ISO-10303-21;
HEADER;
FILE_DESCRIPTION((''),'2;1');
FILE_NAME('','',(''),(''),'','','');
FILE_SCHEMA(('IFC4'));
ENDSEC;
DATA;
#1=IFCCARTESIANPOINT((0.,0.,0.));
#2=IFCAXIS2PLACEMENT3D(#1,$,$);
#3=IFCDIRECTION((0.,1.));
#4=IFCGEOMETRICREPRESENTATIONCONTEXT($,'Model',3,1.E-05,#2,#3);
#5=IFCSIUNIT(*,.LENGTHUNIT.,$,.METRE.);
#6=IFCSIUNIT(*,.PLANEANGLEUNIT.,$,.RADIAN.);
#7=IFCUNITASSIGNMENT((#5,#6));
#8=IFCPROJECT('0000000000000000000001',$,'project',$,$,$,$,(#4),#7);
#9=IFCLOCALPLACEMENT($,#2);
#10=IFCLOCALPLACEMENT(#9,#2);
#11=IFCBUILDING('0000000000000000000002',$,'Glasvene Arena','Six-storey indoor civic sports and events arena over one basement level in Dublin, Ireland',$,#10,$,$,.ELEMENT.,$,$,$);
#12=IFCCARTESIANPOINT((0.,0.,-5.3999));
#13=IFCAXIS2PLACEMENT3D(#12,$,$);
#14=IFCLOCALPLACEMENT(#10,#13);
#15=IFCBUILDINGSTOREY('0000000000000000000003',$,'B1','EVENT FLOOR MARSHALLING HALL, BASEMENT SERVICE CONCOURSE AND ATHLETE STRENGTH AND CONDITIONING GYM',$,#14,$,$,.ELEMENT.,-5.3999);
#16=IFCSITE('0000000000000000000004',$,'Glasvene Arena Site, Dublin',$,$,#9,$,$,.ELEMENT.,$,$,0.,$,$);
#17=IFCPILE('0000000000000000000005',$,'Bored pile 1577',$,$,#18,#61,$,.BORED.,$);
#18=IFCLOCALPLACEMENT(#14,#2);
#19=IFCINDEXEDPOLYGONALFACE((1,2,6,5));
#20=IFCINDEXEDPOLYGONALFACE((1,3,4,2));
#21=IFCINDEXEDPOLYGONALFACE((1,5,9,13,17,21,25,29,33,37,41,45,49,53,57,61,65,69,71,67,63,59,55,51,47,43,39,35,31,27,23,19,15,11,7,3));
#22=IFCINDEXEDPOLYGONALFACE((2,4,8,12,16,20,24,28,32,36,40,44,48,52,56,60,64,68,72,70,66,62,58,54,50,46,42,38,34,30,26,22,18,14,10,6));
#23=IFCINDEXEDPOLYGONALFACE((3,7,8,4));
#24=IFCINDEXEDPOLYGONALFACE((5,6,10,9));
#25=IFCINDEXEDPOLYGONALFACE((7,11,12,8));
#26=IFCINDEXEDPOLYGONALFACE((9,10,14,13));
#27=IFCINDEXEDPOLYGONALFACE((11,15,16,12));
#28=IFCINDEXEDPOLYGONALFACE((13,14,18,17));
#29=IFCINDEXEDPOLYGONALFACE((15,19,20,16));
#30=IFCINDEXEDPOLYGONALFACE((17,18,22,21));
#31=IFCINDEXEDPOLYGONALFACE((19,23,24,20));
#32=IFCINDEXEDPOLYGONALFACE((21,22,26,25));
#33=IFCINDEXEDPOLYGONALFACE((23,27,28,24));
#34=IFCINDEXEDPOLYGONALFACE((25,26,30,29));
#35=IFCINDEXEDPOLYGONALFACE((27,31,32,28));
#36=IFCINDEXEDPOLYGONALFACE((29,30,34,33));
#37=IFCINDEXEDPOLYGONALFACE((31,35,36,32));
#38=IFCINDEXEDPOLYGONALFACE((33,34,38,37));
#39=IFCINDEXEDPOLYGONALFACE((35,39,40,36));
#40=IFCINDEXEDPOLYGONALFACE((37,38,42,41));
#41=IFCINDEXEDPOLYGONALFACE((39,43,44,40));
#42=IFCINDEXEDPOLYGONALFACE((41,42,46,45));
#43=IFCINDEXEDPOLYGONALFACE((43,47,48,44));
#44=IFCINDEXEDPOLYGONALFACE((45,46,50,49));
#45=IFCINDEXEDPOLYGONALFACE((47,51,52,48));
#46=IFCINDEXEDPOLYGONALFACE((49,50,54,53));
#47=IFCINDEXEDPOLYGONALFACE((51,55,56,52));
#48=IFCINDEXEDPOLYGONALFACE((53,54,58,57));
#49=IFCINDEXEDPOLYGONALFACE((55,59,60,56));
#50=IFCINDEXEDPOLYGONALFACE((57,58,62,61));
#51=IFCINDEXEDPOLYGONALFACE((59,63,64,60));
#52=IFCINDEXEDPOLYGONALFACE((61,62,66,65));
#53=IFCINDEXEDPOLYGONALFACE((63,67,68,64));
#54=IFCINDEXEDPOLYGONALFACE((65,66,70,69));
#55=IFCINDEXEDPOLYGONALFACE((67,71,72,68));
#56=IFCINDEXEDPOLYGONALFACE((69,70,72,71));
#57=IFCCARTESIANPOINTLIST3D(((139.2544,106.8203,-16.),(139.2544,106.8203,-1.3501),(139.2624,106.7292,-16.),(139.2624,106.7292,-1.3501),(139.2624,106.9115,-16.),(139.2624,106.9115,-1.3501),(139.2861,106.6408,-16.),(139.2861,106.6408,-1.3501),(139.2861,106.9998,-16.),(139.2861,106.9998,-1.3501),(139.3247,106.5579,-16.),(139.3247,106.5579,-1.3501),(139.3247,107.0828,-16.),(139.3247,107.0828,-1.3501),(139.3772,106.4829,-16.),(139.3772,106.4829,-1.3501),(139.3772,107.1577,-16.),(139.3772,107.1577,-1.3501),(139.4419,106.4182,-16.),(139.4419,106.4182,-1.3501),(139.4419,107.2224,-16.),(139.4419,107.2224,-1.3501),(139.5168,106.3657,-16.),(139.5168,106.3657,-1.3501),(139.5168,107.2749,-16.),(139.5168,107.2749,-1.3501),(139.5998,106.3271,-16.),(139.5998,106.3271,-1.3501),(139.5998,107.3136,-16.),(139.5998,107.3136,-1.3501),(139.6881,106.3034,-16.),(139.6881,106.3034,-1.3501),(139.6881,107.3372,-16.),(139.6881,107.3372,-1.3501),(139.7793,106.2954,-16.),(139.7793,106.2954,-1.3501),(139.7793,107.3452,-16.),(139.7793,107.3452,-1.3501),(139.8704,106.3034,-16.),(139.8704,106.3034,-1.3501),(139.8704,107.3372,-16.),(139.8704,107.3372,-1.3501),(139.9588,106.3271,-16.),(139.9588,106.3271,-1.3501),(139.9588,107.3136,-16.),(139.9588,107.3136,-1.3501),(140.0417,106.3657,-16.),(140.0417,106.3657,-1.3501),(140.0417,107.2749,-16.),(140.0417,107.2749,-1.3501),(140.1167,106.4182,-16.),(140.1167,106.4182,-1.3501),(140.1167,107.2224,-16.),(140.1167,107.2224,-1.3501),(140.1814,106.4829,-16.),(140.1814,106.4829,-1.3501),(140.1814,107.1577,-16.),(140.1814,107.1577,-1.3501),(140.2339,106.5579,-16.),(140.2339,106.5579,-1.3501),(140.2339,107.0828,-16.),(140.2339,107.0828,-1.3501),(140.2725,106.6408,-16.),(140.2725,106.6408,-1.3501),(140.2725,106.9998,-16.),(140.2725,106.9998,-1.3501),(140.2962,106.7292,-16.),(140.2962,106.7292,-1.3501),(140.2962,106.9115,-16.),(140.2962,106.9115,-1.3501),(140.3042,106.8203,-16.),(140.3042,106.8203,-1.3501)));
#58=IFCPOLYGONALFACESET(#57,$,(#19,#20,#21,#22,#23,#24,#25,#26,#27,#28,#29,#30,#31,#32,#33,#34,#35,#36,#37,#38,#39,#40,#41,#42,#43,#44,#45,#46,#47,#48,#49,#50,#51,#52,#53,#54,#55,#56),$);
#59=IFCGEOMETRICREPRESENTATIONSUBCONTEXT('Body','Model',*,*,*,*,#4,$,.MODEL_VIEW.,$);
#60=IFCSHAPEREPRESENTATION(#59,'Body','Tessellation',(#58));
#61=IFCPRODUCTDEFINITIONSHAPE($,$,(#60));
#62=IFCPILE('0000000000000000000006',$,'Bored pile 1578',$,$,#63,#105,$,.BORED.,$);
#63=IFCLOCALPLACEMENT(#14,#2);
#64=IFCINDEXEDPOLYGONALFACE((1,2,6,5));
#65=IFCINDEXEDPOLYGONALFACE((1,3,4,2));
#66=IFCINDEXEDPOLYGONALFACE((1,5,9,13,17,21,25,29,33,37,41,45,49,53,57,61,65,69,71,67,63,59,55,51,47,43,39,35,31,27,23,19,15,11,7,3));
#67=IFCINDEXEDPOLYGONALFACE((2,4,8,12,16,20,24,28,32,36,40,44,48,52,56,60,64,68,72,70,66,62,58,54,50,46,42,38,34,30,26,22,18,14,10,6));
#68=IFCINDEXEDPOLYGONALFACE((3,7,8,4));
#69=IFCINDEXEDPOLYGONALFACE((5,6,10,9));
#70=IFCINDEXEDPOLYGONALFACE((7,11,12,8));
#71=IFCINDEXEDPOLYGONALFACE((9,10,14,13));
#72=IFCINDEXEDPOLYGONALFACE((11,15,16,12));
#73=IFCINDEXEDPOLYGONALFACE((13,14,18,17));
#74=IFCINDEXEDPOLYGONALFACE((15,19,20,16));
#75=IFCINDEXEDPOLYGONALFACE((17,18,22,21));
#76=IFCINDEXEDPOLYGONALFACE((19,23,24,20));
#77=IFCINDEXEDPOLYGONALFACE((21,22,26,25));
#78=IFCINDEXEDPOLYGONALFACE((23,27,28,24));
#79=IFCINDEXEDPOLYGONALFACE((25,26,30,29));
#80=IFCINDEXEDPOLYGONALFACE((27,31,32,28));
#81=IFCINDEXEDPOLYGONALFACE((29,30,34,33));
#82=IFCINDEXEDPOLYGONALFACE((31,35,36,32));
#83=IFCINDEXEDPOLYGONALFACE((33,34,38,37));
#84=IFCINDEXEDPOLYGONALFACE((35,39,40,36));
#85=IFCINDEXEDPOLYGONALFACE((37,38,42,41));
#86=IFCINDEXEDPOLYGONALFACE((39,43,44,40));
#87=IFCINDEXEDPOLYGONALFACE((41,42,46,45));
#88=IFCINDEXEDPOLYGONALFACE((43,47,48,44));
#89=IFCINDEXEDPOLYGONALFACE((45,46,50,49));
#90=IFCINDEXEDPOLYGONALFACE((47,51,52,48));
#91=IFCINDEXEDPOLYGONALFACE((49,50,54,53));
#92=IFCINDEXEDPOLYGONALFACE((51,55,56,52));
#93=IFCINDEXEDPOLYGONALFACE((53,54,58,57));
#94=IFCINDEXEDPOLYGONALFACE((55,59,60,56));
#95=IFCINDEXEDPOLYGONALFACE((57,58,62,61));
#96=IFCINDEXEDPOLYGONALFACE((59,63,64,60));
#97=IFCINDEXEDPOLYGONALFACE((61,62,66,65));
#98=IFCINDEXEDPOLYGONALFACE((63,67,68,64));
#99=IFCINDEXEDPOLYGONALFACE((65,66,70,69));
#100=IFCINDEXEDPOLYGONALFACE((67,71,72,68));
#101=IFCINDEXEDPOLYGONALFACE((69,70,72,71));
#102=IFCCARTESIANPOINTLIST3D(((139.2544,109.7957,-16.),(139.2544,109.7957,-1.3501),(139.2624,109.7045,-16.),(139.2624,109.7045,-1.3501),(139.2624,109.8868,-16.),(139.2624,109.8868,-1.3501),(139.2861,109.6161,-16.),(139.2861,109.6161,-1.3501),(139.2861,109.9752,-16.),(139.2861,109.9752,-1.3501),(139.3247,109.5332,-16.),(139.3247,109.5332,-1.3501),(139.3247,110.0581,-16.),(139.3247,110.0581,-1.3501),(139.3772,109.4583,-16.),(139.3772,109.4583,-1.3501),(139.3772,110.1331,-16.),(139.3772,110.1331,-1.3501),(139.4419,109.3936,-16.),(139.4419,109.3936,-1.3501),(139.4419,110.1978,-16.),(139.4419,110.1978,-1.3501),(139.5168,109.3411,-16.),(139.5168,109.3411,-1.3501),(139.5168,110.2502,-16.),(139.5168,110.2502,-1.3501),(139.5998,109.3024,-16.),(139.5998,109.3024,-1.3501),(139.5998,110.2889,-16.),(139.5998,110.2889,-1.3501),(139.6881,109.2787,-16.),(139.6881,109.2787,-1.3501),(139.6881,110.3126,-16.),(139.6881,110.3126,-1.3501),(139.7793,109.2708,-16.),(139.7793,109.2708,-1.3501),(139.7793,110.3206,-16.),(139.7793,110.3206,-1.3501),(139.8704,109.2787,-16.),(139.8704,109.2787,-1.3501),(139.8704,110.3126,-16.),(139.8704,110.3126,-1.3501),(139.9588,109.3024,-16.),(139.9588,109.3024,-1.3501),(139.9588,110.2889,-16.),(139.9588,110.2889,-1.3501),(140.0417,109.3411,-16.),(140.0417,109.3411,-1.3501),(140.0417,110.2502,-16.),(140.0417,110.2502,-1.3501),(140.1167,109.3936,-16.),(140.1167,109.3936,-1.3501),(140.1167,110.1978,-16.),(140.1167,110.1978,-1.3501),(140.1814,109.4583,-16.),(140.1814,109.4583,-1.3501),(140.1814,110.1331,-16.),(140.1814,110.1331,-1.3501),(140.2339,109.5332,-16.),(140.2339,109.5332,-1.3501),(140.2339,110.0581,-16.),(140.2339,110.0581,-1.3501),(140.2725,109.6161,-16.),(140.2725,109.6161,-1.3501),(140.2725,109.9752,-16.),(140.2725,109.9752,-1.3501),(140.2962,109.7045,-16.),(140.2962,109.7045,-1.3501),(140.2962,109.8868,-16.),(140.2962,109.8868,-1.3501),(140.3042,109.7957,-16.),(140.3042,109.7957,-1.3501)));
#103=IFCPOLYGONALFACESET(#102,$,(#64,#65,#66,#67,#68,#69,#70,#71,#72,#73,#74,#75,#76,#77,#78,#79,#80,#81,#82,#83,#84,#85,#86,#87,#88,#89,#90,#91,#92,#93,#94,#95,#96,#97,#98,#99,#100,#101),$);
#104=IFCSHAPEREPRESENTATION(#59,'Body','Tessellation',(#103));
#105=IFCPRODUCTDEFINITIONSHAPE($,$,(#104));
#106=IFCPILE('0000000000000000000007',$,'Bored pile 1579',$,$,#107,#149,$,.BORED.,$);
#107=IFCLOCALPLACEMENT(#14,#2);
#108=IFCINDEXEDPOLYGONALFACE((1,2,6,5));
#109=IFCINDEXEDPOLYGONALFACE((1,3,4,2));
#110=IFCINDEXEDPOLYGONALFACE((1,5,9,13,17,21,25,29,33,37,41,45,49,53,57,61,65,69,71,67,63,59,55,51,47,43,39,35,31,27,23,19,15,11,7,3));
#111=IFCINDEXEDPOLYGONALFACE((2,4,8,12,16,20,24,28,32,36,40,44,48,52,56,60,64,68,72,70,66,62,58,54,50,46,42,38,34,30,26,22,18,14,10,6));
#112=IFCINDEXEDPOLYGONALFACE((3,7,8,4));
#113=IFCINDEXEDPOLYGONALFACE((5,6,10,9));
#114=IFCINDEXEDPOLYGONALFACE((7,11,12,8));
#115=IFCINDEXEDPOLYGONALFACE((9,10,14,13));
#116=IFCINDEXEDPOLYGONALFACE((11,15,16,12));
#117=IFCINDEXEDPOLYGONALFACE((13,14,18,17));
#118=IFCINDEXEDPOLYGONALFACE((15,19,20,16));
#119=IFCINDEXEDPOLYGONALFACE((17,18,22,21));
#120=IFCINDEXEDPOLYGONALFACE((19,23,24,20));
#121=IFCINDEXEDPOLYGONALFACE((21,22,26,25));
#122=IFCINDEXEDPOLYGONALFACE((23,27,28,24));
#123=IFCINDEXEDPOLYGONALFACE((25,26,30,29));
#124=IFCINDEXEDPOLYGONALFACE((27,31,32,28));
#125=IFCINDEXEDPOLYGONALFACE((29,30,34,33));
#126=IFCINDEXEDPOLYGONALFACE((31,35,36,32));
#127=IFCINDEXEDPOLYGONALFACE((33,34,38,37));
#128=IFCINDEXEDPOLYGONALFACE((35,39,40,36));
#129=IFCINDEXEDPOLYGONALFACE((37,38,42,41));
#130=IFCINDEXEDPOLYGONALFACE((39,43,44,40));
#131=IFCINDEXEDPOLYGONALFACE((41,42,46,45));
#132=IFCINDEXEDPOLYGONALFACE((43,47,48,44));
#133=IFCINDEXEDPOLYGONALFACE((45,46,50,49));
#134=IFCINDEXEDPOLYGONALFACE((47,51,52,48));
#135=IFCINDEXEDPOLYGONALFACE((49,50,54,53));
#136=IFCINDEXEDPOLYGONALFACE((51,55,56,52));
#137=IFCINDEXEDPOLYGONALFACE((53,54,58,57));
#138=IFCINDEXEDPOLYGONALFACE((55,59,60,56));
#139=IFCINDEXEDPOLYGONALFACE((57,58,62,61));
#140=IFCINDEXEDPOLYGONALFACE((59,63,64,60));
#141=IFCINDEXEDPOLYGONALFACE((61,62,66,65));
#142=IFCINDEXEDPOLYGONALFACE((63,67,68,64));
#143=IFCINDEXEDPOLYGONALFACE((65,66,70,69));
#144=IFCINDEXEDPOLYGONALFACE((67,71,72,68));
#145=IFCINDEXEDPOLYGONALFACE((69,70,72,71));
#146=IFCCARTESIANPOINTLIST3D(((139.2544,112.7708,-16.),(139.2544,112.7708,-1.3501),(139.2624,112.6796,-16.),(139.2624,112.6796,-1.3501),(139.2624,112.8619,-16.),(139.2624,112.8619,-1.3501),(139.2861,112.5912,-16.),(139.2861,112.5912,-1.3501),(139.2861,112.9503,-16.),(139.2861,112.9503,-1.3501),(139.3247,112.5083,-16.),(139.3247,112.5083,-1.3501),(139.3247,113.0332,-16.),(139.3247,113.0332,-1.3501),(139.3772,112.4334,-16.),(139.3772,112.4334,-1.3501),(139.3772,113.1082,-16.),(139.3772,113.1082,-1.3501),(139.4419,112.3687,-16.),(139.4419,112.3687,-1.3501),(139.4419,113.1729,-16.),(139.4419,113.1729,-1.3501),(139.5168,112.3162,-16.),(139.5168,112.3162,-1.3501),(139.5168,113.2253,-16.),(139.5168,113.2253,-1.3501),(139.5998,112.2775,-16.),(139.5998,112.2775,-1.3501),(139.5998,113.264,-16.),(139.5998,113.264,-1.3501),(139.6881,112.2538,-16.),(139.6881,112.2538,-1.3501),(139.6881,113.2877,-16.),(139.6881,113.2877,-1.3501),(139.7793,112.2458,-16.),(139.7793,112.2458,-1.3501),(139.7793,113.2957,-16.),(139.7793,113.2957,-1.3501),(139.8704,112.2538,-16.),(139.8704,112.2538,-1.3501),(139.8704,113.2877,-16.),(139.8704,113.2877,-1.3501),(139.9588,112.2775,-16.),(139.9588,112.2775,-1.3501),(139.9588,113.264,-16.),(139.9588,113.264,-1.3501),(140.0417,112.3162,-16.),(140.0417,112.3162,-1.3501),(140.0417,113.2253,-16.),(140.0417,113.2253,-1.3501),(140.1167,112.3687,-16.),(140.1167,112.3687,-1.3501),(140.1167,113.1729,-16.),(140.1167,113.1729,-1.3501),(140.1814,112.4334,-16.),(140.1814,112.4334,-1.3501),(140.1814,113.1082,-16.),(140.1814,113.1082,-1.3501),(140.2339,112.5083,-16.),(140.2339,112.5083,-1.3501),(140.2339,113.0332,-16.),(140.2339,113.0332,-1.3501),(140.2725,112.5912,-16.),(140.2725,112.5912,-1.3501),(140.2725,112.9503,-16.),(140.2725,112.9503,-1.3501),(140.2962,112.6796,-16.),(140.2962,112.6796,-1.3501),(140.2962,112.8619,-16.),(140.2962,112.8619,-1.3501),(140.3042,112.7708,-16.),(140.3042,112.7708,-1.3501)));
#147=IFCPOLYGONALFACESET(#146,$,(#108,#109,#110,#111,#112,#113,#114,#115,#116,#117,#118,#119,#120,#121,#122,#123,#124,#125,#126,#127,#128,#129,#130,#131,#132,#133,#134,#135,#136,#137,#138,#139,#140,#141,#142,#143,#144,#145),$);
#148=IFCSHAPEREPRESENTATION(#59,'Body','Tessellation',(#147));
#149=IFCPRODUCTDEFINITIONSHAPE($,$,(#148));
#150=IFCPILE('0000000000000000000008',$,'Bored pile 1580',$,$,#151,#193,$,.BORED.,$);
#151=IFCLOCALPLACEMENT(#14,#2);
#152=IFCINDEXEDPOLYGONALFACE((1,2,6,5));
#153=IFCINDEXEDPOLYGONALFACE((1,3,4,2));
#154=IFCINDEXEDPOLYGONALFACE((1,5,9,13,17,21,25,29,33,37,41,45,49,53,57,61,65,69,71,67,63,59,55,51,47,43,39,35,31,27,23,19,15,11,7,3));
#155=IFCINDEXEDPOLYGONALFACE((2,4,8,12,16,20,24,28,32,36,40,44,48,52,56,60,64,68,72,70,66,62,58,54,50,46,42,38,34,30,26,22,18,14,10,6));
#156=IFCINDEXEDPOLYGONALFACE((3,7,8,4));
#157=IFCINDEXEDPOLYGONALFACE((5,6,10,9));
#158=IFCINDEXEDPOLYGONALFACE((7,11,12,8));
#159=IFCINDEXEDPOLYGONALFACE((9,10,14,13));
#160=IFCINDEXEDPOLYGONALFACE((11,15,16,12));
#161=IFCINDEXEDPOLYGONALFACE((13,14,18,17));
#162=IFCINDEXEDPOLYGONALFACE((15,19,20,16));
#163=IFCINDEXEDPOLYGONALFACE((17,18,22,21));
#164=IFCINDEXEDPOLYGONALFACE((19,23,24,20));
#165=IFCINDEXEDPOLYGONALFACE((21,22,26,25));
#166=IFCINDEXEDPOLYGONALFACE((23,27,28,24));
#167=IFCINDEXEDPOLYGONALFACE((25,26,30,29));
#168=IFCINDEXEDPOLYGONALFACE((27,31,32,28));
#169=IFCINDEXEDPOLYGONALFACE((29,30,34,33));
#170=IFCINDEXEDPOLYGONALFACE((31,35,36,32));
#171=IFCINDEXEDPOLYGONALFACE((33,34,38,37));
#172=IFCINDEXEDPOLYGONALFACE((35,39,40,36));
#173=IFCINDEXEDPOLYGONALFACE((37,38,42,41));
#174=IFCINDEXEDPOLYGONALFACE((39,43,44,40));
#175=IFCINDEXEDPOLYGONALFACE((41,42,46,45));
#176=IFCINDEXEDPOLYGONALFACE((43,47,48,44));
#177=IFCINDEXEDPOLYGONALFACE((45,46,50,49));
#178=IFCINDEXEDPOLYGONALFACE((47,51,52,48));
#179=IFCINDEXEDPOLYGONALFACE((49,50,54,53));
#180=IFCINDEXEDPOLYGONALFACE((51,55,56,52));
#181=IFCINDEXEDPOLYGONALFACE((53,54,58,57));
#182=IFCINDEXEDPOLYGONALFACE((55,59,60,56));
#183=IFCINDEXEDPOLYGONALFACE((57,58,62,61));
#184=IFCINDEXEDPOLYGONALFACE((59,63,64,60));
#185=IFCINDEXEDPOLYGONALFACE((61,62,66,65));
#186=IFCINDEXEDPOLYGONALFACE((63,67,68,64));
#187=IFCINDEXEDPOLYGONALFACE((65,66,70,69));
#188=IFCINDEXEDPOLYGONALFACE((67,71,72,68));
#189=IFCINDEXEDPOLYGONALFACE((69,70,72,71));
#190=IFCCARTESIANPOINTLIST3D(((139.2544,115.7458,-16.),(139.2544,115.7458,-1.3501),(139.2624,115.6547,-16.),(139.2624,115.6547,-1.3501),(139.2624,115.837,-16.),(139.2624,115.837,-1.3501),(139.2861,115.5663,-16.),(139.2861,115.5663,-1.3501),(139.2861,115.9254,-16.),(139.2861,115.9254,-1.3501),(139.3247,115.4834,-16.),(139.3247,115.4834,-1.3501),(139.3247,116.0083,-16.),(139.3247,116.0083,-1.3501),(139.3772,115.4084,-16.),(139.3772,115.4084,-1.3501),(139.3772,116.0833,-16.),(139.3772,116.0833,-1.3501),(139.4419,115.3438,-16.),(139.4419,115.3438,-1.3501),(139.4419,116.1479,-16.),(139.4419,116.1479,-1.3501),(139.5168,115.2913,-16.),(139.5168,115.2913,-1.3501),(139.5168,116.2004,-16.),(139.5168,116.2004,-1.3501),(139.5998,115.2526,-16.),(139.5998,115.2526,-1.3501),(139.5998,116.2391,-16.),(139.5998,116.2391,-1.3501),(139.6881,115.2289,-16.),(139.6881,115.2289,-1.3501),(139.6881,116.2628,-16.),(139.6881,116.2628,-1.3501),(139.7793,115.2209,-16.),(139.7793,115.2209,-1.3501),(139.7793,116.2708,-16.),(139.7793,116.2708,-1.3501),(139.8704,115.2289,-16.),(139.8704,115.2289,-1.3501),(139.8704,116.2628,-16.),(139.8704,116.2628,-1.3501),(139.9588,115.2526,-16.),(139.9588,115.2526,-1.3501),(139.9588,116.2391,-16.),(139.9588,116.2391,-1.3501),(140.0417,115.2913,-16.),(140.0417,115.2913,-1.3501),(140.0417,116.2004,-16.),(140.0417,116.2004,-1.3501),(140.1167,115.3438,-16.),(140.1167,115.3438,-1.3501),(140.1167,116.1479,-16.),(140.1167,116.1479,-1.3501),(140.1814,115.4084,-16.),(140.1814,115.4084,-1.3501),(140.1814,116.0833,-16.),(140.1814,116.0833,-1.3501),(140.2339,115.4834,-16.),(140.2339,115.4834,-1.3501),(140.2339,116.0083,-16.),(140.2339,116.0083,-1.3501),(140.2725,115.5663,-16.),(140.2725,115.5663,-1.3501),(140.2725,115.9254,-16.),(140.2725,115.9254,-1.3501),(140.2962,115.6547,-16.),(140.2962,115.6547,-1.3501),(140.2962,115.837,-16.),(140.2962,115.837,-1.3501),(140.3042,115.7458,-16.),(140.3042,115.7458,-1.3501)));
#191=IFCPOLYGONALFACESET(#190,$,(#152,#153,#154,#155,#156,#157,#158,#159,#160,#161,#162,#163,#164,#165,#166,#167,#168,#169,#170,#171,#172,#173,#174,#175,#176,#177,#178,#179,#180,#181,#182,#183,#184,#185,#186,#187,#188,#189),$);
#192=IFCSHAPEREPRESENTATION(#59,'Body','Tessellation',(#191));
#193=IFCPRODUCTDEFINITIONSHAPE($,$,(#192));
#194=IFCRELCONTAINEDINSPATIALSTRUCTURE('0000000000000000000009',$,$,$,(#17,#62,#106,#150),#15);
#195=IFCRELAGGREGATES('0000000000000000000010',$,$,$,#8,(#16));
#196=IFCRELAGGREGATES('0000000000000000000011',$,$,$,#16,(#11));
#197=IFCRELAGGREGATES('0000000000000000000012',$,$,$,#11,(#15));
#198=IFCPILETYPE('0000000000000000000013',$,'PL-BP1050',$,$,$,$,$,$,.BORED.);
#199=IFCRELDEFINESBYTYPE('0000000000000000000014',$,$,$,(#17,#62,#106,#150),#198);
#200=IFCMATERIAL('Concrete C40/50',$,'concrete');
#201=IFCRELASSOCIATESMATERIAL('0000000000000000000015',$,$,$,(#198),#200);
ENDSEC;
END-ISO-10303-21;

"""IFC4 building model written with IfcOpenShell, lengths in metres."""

from ifc_helpers import new_model, si_unit, direction, frame, origin, origin_2d, place, context, subcontext, project, spatial, circle, extrude, material, material_profile, profile_set, type_object, element, save


model = new_model("IFC4")

# Units and contexts
model_context = context("Model", 3, precision=1e-05, world=origin(), true_north=direction((0.0, 1.0)))
body_context = subcontext(model_context, "Body", "Model", "MODEL_VIEW")
ifc_project = project(units=[si_unit("LENGTHUNIT", "METRE"), si_unit("PLANEANGLEUNIT", "RADIAN")], contexts=[model_context])

# Site, building, storey
site_placement = place(None, origin())
site = spatial("IfcSite", under=ifc_project, at=site_placement, Name="Glasvene Arena Site, Dublin", CompositionType="ELEMENT", RefElevation=0.0)
building_placement = place(site_placement, origin())
building = spatial("IfcBuilding", under=site, at=building_placement, Name="Glasvene Arena", Description="Six-storey indoor civic sports and events arena over one basement level in Dublin, Ireland", CompositionType="ELEMENT")
storey_placement = place(building_placement, frame((0.0, 0.0, -5.3999)))
storey = spatial("IfcBuildingStorey", under=building, at=storey_placement, Name="B1", Description="EVENT FLOOR MARSHALLING HALL, BASEMENT SERVICE CONCOURSE AND ATHLETE STRENGTH AND CONDITIONING GYM", CompositionType="ELEMENT", Elevation=-5.3999)

# Shared definitions
ifc_material_1 = material(Name="Concrete C40/50", Category="concrete")

# Piles
ifc_material_profile_1 = material_profile(ifc_material_1, circle(Radius=0.5249, at=origin_2d()), Name="BORED PILE 1050")
ifc_profile_set_1 = profile_set([ifc_material_profile_1], Name="Concrete C40/50")
pile_type = type_object("IfcPileType", Name="PL-BP1050", PredefinedType="BORED", material=ifc_profile_set_1)
for number, where, z_axis, x_axis, name in (
    (1, (139.7793, 106.8203, -1.3501), (0.0, 0.0, -1.0), (1.0, 0.0, 0.0), "Bored pile 1577"),
    (2, (139.7793, 109.7957, -1.3501), (0.0, 0.0, -1.0), (1.0, 0.0, 0.0), "Bored pile 1578"),
    (3, (139.7793, 112.7708, -1.3501), (0.0, 0.0, -1.0), (1.0, 0.0, 0.0), "Bored pile 1579"),
    (4, (139.7793, 115.7458, -1.3501), (0.0, 0.0, -1.0), (1.0, 0.0, 0.0), "Bored pile 1580"),
):
    element("IfcPile", number, at=place(storey_placement, frame(where, z_axis=z_axis, x_axis=x_axis)), inside=storey, type_object=pile_type, Name=name, PredefinedType="BORED", context=body_context, shape_type="SweptSolid", body=[
        extrude(circle(Radius=0.5249, at=origin_2d()), origin(), (0.0, 0.0, 1.0), 14.6499),
    ])

save(model, "model.ifc")
